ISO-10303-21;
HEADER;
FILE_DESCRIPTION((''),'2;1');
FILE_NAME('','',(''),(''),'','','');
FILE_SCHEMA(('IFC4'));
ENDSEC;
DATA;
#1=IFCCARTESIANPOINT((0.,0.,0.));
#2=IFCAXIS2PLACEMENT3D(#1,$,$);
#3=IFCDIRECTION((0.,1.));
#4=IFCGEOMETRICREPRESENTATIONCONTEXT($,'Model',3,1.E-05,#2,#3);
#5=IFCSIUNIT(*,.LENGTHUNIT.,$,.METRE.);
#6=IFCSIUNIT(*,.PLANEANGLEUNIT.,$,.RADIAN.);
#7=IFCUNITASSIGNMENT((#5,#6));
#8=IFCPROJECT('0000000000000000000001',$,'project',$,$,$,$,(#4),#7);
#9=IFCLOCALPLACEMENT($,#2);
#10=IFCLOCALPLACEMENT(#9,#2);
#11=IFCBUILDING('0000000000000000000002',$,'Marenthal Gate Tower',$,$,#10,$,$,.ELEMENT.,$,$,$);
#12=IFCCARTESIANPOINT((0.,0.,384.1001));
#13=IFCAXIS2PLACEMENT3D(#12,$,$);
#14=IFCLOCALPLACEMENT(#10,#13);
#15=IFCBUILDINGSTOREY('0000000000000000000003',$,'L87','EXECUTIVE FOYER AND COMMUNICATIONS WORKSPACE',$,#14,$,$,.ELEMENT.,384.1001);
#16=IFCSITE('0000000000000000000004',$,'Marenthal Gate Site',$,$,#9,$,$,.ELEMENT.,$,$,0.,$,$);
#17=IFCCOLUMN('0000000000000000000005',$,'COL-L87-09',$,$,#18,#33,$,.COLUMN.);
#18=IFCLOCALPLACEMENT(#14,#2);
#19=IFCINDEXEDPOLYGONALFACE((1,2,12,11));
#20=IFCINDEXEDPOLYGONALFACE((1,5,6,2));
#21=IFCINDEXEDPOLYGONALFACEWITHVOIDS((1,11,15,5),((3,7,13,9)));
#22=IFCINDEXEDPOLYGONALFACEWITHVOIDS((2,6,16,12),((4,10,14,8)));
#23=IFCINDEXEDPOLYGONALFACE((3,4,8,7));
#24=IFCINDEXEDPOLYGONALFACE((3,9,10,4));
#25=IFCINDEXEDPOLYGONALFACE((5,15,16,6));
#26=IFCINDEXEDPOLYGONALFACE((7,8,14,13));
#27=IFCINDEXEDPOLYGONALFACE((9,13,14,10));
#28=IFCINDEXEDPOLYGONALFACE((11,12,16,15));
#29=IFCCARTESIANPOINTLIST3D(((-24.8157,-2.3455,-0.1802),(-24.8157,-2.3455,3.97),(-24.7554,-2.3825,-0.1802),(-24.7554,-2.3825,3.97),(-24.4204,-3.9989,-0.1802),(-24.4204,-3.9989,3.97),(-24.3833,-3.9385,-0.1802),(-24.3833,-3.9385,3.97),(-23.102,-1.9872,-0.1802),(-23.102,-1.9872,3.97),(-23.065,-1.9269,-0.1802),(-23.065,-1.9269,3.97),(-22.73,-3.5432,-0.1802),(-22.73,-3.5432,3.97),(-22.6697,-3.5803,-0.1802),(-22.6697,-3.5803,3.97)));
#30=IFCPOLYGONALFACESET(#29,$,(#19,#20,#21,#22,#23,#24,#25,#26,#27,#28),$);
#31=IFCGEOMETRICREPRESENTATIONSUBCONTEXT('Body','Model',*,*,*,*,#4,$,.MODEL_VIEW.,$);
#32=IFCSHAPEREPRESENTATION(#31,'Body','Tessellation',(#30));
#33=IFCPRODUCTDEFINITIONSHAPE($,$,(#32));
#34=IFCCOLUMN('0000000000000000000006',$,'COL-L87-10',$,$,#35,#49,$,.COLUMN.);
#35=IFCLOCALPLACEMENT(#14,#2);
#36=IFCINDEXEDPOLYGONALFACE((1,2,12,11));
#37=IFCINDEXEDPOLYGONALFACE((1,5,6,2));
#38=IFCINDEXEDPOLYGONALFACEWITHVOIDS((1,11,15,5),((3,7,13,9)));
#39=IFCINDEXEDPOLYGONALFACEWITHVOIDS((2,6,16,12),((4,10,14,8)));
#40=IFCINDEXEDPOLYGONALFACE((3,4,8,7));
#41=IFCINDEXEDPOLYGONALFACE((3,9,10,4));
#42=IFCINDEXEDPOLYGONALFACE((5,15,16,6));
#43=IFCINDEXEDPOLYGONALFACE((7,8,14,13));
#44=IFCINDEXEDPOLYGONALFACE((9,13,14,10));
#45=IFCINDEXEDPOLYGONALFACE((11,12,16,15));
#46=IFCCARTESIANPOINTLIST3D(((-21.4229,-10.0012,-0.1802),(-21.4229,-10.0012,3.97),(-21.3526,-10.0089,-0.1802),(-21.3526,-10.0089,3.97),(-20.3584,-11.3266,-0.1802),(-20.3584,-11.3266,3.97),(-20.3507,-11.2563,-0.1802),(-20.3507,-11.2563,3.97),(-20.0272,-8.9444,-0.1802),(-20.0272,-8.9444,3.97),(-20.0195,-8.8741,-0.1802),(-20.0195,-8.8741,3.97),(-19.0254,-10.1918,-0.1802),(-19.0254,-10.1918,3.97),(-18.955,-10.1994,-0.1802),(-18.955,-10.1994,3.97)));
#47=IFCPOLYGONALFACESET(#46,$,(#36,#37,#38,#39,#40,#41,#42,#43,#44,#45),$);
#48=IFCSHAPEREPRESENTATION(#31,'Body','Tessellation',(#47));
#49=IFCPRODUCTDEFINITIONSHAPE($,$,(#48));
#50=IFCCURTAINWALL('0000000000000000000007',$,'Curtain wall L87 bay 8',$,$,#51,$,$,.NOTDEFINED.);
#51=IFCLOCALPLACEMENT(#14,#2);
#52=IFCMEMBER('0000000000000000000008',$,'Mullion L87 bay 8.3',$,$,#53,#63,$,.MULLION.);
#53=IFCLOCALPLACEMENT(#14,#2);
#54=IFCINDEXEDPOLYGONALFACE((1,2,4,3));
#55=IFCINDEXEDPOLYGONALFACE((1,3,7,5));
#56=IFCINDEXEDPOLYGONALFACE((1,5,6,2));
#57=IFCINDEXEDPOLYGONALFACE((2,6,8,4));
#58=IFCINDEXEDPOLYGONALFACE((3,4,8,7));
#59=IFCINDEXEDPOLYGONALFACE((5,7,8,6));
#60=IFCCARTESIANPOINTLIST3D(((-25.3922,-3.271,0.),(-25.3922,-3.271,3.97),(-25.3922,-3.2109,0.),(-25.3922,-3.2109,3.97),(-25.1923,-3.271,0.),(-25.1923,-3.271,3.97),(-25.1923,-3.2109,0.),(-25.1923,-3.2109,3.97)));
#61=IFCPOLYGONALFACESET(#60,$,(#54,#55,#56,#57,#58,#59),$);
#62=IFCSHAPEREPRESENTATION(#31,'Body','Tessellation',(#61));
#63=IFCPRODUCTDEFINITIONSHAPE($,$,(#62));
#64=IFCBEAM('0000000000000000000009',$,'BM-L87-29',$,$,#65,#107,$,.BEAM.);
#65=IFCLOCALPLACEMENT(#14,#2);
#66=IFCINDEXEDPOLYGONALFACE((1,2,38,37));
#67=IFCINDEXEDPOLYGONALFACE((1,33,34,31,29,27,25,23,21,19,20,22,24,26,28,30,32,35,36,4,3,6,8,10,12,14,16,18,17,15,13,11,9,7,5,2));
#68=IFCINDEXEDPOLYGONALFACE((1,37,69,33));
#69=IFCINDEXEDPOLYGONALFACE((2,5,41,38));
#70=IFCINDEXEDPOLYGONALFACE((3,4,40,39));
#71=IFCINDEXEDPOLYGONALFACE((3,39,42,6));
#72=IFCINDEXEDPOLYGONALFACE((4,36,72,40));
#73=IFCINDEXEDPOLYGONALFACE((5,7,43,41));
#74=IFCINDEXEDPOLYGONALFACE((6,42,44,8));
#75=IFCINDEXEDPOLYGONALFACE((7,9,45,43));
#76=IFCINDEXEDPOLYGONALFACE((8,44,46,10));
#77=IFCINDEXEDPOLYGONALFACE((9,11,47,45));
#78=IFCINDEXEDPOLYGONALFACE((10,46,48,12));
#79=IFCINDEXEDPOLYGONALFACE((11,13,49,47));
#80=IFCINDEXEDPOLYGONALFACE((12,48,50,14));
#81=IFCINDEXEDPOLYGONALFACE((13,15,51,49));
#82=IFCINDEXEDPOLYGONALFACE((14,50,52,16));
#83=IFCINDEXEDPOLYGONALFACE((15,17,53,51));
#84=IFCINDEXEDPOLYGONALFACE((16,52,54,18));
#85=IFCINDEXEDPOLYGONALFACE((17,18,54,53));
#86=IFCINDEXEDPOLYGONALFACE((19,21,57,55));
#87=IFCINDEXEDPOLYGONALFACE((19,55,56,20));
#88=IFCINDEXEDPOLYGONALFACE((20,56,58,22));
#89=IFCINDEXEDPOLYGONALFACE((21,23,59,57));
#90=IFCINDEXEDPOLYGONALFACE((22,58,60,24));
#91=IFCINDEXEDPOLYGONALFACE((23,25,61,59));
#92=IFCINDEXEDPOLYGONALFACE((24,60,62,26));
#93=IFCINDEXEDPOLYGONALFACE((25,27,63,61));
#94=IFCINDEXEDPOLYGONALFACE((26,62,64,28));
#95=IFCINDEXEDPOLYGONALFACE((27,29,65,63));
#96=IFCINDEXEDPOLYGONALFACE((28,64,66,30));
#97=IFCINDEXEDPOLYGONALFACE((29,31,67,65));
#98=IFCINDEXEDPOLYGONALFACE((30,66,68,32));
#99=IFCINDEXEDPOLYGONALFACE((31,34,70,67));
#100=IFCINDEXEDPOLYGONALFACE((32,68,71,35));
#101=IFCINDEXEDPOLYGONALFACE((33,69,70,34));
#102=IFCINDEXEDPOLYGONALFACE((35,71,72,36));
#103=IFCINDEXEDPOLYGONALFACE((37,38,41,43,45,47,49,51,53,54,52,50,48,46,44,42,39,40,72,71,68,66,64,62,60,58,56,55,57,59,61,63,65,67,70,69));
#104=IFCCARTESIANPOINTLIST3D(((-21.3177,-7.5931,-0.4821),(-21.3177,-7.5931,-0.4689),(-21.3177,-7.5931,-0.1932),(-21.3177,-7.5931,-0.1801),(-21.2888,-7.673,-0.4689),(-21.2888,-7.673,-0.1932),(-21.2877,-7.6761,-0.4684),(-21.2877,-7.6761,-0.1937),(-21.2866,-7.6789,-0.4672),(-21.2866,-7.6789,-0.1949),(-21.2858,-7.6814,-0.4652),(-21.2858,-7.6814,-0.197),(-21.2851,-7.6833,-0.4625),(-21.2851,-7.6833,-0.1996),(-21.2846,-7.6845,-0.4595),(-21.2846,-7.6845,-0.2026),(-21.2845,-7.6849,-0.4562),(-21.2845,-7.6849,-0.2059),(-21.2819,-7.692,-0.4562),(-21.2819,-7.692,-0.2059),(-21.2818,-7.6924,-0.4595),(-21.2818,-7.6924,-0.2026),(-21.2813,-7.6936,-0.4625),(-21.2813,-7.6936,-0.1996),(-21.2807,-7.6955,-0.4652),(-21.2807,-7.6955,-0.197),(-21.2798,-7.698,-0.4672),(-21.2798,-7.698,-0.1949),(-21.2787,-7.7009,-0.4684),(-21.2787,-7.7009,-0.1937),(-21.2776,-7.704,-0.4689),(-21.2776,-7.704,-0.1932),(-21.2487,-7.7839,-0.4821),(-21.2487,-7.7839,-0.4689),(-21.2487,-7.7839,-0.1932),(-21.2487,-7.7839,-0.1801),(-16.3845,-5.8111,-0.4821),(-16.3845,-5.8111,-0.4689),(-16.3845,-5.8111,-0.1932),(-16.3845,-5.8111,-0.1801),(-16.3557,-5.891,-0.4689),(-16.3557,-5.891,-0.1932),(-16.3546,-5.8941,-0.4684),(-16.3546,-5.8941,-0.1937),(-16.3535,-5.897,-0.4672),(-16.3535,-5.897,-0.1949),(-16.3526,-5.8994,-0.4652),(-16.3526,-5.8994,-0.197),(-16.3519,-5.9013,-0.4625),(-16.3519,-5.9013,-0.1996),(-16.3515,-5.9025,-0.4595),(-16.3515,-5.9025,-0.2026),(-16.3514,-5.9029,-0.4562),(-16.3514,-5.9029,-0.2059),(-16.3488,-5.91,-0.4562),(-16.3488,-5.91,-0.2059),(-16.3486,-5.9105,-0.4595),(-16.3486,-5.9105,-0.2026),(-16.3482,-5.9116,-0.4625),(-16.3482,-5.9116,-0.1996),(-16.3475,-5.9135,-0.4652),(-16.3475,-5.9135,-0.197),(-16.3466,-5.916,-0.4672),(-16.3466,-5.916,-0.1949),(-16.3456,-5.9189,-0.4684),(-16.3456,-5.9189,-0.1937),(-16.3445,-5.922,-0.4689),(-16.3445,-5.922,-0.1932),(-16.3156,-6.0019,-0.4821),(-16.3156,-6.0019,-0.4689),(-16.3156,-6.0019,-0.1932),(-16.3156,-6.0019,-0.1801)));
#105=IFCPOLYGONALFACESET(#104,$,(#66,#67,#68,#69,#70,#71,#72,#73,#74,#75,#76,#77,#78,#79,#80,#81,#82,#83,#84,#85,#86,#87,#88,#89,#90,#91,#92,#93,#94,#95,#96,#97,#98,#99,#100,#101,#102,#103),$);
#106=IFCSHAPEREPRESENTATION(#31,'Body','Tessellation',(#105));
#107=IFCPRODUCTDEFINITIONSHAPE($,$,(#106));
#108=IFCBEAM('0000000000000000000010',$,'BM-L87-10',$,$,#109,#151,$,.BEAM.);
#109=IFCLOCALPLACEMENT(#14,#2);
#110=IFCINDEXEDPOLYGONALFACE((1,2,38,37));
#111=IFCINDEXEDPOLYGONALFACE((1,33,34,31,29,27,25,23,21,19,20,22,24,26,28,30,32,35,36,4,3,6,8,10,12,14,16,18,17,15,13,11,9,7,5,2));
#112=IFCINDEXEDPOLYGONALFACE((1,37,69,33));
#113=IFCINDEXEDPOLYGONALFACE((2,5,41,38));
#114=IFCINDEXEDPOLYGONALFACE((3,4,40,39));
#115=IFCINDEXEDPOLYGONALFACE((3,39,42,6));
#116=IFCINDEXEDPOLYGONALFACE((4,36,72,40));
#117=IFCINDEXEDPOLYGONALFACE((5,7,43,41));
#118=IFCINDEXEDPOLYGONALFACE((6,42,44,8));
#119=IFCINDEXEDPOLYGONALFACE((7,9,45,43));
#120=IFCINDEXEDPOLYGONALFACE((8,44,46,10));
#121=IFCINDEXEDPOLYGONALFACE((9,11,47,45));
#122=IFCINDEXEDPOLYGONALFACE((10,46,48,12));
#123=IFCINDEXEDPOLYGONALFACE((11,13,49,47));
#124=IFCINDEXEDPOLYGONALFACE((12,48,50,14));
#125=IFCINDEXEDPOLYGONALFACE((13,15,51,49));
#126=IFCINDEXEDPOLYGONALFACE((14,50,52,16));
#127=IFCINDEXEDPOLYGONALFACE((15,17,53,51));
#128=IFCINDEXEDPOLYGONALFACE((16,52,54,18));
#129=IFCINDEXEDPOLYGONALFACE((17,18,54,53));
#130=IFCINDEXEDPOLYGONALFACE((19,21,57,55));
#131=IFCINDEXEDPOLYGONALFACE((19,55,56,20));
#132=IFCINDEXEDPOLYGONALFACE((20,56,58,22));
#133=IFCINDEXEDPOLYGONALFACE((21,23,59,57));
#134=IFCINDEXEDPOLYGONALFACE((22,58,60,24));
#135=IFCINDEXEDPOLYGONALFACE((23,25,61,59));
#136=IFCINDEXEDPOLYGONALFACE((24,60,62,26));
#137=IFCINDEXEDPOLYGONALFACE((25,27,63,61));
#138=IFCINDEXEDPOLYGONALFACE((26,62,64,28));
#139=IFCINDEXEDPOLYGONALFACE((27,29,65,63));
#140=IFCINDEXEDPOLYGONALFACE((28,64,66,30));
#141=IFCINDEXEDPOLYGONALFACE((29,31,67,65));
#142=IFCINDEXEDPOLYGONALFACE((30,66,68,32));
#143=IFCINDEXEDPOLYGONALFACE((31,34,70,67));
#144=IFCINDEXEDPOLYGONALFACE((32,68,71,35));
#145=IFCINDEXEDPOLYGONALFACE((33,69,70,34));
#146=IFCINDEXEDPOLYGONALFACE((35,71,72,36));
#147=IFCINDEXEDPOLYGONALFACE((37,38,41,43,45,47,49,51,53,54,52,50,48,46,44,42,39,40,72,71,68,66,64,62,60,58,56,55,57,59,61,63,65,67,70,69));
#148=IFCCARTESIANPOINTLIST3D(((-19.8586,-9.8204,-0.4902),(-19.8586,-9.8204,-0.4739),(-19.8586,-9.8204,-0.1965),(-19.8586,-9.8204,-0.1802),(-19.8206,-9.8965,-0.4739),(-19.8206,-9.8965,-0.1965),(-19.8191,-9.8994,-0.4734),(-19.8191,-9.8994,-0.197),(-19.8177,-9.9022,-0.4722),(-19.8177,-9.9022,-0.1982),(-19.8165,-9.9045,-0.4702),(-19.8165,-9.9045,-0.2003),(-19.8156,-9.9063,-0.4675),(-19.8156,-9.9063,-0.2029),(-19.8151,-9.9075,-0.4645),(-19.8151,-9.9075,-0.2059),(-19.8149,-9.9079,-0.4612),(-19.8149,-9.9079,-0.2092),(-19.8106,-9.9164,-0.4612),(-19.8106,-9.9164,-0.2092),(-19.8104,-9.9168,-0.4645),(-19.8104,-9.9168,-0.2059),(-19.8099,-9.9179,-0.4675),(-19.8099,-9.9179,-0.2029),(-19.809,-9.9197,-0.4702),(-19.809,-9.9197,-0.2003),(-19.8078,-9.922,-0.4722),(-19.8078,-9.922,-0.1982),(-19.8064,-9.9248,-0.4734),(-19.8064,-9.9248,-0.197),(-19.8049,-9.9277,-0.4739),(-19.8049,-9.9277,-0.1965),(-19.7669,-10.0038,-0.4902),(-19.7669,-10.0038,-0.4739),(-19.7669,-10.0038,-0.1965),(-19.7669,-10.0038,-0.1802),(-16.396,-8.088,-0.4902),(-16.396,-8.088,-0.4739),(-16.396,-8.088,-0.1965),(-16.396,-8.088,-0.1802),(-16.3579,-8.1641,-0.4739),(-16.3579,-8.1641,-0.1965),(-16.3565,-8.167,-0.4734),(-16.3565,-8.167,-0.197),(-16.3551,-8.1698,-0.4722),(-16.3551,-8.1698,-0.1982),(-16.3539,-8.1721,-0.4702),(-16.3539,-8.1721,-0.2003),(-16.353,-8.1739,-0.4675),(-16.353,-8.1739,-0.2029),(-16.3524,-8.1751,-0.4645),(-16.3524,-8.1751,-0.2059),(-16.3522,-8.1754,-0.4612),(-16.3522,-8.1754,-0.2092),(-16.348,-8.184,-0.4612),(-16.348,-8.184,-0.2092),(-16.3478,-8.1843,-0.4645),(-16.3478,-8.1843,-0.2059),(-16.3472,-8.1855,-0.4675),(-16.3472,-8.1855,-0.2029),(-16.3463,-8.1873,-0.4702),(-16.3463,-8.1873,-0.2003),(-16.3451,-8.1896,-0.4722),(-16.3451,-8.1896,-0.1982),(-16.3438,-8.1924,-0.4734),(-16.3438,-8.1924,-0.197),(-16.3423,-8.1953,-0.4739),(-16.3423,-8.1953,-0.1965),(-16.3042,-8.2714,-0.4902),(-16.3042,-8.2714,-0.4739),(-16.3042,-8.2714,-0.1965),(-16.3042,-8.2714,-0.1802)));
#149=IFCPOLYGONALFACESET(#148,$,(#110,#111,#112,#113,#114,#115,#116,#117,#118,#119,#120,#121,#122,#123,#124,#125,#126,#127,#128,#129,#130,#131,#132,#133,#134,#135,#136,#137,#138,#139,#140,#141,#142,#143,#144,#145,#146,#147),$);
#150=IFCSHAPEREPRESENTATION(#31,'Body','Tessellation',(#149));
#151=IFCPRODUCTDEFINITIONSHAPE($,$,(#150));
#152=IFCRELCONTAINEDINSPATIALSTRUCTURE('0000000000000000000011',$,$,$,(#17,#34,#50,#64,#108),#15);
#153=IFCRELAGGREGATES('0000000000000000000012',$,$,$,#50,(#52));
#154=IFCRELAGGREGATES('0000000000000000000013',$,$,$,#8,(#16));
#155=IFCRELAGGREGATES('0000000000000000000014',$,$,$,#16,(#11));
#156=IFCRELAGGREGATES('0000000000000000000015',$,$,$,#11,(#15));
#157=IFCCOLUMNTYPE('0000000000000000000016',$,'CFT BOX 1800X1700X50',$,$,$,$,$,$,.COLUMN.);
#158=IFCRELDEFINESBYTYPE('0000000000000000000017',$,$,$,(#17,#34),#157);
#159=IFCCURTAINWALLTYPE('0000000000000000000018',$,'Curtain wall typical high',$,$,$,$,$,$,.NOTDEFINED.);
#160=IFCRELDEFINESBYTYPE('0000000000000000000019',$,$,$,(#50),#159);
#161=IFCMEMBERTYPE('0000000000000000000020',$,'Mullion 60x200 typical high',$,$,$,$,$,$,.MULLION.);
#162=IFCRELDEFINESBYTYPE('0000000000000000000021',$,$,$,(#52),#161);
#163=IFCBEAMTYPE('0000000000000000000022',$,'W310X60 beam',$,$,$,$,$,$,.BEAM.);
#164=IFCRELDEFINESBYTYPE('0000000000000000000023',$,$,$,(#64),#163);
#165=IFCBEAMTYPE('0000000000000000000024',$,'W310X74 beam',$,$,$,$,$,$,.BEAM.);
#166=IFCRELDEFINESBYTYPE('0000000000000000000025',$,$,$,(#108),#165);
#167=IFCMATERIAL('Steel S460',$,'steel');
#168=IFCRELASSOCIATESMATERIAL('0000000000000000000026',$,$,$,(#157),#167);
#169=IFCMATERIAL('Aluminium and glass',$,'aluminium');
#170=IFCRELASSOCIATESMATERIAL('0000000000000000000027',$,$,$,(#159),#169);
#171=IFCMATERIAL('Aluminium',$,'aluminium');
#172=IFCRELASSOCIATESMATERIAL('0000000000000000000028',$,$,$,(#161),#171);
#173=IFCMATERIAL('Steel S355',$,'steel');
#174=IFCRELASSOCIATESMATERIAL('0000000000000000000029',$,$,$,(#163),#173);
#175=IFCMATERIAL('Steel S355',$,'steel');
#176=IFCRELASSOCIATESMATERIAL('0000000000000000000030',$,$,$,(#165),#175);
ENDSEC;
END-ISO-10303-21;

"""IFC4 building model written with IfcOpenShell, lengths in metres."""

from ifc_helpers import new_model, si_unit, direction, frame, origin, origin_2d, place, context, subcontext, project, spatial, rectangle, hollow_rectangle, i_section, extrude, material, material_profile, profile_set, type_object, element, aggregate, save


model = new_model("IFC4")

# Units and contexts
model_context = context("Model", 3, precision=1e-05, world=origin(), true_north=direction((0.0, 1.0)))
body_context = subcontext(model_context, "Body", "Model", "MODEL_VIEW")
ifc_project = project(units=[si_unit("LENGTHUNIT", "METRE"), si_unit("PLANEANGLEUNIT", "RADIAN")], contexts=[model_context])

# Site, building, storey
site_placement = place(None, origin())
site = spatial("IfcSite", under=ifc_project, at=site_placement, Name="Marenthal Gate Site", CompositionType="ELEMENT", RefElevation=0.0)
building_placement = place(site_placement, origin())
building = spatial("IfcBuilding", under=site, at=building_placement, Name="Marenthal Gate Tower", CompositionType="ELEMENT")
storey_placement = place(building_placement, frame((0.0, 0.0, 384.1001)))
storey = spatial("IfcBuildingStorey", under=building, at=storey_placement, Name="L87", Description="EXECUTIVE FOYER AND COMMUNICATIONS WORKSPACE", CompositionType="ELEMENT", Elevation=384.1001)

# Columns
ifc_material_1 = material(Name="Steel S460", Category="steel")
ifc_material_profile_1 = material_profile(ifc_material_1, hollow_rectangle(XDim=1.7, YDim=1.8, WallThickness=0.05, at=origin_2d()), Name="CFT BOX 1800X1700X50")
ifc_material_2 = material(Name="Concrete 70 MPa", Category="concrete")
ifc_material_profile_2 = material_profile(ifc_material_2, rectangle(XDim=1.6001, YDim=1.7, at=origin_2d()), Name="CFT BOX 1800X1700X50 INFILL")
ifc_profile_set_1 = profile_set([ifc_material_profile_1, ifc_material_profile_2], Name="Steel S460 shell, Concrete 70 MPa infill")
column_type = type_object("IfcColumnType", Name="CFT BOX 1800X1700X50", PredefinedType="COLUMN", material=ifc_profile_set_1)
for number, where, z_axis, x_axis, name in (
    (1, (-23.7427, -2.9629, -0.1802), (0.0, 0.0, 1.0), (-0.232542, 0.972586, 0.0), "COL-L87-09"),
    (2, (-20.189, -10.1003, -0.1802), (0.0, 0.0, 1.0), (-0.626198, 0.779664, 0.0), "COL-L87-10"),
):
    element("IfcColumn", number, at=place(storey_placement, frame(where, z_axis=z_axis, x_axis=x_axis)), inside=storey, type_object=column_type, Name=name, PredefinedType="COLUMN", context=body_context, shape_type="SweptSolid", body=[
        extrude(hollow_rectangle(XDim=1.7, YDim=1.8, WallThickness=0.05, at=origin_2d()), origin(), (0.0, 0.0, 1.0), 4.1501),
    ])

# Curtain wall, member
ifc_material_3 = material(Name="Aluminium and glass", Category="aluminium")
curtain_wall_type = type_object("IfcCurtainWallType", Name="Curtain wall typical high", PredefinedType="NOTDEFINED", material=ifc_material_3)
curtain_wall_placement = place(storey_placement, origin())
curtain_wall = element("IfcCurtainWall", 3, at=curtain_wall_placement, inside=storey, type_object=curtain_wall_type, Name="Curtain wall L87 bay 8", PredefinedType="NOTDEFINED")
ifc_material_4 = material(Name="Aluminium", Category="aluminium")
ifc_material_profile_3 = material_profile(ifc_material_4, rectangle(XDim=0.2, YDim=0.0601, at=origin_2d()), Name="60x200 aluminium mullion")
ifc_profile_set_2 = profile_set([ifc_material_profile_3], Name="Aluminium")
member_type = type_object("IfcMemberType", Name="Mullion 60x200 typical high", PredefinedType="MULLION", material=ifc_profile_set_2)
member_placement = place(storey_placement, frame((-25.2922, -3.241, 0.0), z_axis=(0.0, 0.0, 1.0), x_axis=(1.0, 0.0, 0.0)))
member = element("IfcMember", 4, at=member_placement, type_object=member_type, Name="Mullion L87 bay 8.3", PredefinedType="MULLION", context=body_context, shape_type="SweptSolid", body=[
    extrude(rectangle(XDim=0.2, YDim=0.0601, at=origin_2d()), origin(), (0.0, 0.0, 1.0), 3.97),
])

# Beams
ifc_material_5 = material(Name="Steel S355", Category="steel")
ifc_material_profile_4 = material_profile(ifc_material_5, i_section(OverallWidth=0.2029, OverallDepth=0.302, WebThickness=0.0076, FlangeThickness=0.0132, FilletRadius=0.0127, at=origin_2d()), Name="W310X60")
ifc_profile_set_3 = profile_set([ifc_material_profile_4], Name="Steel S355")
beam_type_1 = type_object("IfcBeamType", Name="W310X60 beam", PredefinedType="BEAM", material=ifc_profile_set_3)
beam_1_placement = place(storey_placement, frame((-21.2832, -7.6885, -0.3311), z_axis=(0.940518, 0.339743, 0.0), x_axis=(-0.339743, 0.940518, 0.0)))
element("IfcBeam", 5, at=beam_1_placement, inside=storey, type_object=beam_type_1, Name="BM-L87-29", PredefinedType="BEAM", context=body_context, shape_type="SweptSolid", body=[
    extrude(i_section(OverallWidth=0.2029, OverallDepth=0.302, WebThickness=0.0076, FlangeThickness=0.0132, FilletRadius=0.0127, at=origin_2d()), origin(), (0.0, 0.0, 1.0), 5.2451),
])
ifc_material_6 = material(Name="Steel S355", Category="steel")
ifc_material_profile_5 = material_profile(ifc_material_6, i_section(OverallWidth=0.2051, OverallDepth=0.3101, WebThickness=0.0095, FlangeThickness=0.0164, FilletRadius=0.0127, at=origin_2d()), Name="W310X74")
ifc_profile_set_4 = profile_set([ifc_material_profile_5], Name="Steel S355")
beam_type_2 = type_object("IfcBeamType", Name="W310X74 beam", PredefinedType="BEAM", material=ifc_profile_set_4)
beam_2_placement = place(storey_placement, frame((-19.8127, -9.9121, -0.3352), z_axis=(0.894314, 0.447441, 0.0), x_axis=(-0.447441, 0.894314, 0.0)))
element("IfcBeam", 6, at=beam_2_placement, inside=storey, type_object=beam_type_2, Name="BM-L87-10", PredefinedType="BEAM", context=body_context, shape_type="SweptSolid", body=[
    extrude(i_section(OverallWidth=0.2051, OverallDepth=0.3101, WebThickness=0.0095, FlangeThickness=0.0164, FilletRadius=0.0127, at=origin_2d()), origin(), (0.0, 0.0, 1.0), 3.8718),
])

aggregate(curtain_wall, [member])

save(model, "model.ifc")
